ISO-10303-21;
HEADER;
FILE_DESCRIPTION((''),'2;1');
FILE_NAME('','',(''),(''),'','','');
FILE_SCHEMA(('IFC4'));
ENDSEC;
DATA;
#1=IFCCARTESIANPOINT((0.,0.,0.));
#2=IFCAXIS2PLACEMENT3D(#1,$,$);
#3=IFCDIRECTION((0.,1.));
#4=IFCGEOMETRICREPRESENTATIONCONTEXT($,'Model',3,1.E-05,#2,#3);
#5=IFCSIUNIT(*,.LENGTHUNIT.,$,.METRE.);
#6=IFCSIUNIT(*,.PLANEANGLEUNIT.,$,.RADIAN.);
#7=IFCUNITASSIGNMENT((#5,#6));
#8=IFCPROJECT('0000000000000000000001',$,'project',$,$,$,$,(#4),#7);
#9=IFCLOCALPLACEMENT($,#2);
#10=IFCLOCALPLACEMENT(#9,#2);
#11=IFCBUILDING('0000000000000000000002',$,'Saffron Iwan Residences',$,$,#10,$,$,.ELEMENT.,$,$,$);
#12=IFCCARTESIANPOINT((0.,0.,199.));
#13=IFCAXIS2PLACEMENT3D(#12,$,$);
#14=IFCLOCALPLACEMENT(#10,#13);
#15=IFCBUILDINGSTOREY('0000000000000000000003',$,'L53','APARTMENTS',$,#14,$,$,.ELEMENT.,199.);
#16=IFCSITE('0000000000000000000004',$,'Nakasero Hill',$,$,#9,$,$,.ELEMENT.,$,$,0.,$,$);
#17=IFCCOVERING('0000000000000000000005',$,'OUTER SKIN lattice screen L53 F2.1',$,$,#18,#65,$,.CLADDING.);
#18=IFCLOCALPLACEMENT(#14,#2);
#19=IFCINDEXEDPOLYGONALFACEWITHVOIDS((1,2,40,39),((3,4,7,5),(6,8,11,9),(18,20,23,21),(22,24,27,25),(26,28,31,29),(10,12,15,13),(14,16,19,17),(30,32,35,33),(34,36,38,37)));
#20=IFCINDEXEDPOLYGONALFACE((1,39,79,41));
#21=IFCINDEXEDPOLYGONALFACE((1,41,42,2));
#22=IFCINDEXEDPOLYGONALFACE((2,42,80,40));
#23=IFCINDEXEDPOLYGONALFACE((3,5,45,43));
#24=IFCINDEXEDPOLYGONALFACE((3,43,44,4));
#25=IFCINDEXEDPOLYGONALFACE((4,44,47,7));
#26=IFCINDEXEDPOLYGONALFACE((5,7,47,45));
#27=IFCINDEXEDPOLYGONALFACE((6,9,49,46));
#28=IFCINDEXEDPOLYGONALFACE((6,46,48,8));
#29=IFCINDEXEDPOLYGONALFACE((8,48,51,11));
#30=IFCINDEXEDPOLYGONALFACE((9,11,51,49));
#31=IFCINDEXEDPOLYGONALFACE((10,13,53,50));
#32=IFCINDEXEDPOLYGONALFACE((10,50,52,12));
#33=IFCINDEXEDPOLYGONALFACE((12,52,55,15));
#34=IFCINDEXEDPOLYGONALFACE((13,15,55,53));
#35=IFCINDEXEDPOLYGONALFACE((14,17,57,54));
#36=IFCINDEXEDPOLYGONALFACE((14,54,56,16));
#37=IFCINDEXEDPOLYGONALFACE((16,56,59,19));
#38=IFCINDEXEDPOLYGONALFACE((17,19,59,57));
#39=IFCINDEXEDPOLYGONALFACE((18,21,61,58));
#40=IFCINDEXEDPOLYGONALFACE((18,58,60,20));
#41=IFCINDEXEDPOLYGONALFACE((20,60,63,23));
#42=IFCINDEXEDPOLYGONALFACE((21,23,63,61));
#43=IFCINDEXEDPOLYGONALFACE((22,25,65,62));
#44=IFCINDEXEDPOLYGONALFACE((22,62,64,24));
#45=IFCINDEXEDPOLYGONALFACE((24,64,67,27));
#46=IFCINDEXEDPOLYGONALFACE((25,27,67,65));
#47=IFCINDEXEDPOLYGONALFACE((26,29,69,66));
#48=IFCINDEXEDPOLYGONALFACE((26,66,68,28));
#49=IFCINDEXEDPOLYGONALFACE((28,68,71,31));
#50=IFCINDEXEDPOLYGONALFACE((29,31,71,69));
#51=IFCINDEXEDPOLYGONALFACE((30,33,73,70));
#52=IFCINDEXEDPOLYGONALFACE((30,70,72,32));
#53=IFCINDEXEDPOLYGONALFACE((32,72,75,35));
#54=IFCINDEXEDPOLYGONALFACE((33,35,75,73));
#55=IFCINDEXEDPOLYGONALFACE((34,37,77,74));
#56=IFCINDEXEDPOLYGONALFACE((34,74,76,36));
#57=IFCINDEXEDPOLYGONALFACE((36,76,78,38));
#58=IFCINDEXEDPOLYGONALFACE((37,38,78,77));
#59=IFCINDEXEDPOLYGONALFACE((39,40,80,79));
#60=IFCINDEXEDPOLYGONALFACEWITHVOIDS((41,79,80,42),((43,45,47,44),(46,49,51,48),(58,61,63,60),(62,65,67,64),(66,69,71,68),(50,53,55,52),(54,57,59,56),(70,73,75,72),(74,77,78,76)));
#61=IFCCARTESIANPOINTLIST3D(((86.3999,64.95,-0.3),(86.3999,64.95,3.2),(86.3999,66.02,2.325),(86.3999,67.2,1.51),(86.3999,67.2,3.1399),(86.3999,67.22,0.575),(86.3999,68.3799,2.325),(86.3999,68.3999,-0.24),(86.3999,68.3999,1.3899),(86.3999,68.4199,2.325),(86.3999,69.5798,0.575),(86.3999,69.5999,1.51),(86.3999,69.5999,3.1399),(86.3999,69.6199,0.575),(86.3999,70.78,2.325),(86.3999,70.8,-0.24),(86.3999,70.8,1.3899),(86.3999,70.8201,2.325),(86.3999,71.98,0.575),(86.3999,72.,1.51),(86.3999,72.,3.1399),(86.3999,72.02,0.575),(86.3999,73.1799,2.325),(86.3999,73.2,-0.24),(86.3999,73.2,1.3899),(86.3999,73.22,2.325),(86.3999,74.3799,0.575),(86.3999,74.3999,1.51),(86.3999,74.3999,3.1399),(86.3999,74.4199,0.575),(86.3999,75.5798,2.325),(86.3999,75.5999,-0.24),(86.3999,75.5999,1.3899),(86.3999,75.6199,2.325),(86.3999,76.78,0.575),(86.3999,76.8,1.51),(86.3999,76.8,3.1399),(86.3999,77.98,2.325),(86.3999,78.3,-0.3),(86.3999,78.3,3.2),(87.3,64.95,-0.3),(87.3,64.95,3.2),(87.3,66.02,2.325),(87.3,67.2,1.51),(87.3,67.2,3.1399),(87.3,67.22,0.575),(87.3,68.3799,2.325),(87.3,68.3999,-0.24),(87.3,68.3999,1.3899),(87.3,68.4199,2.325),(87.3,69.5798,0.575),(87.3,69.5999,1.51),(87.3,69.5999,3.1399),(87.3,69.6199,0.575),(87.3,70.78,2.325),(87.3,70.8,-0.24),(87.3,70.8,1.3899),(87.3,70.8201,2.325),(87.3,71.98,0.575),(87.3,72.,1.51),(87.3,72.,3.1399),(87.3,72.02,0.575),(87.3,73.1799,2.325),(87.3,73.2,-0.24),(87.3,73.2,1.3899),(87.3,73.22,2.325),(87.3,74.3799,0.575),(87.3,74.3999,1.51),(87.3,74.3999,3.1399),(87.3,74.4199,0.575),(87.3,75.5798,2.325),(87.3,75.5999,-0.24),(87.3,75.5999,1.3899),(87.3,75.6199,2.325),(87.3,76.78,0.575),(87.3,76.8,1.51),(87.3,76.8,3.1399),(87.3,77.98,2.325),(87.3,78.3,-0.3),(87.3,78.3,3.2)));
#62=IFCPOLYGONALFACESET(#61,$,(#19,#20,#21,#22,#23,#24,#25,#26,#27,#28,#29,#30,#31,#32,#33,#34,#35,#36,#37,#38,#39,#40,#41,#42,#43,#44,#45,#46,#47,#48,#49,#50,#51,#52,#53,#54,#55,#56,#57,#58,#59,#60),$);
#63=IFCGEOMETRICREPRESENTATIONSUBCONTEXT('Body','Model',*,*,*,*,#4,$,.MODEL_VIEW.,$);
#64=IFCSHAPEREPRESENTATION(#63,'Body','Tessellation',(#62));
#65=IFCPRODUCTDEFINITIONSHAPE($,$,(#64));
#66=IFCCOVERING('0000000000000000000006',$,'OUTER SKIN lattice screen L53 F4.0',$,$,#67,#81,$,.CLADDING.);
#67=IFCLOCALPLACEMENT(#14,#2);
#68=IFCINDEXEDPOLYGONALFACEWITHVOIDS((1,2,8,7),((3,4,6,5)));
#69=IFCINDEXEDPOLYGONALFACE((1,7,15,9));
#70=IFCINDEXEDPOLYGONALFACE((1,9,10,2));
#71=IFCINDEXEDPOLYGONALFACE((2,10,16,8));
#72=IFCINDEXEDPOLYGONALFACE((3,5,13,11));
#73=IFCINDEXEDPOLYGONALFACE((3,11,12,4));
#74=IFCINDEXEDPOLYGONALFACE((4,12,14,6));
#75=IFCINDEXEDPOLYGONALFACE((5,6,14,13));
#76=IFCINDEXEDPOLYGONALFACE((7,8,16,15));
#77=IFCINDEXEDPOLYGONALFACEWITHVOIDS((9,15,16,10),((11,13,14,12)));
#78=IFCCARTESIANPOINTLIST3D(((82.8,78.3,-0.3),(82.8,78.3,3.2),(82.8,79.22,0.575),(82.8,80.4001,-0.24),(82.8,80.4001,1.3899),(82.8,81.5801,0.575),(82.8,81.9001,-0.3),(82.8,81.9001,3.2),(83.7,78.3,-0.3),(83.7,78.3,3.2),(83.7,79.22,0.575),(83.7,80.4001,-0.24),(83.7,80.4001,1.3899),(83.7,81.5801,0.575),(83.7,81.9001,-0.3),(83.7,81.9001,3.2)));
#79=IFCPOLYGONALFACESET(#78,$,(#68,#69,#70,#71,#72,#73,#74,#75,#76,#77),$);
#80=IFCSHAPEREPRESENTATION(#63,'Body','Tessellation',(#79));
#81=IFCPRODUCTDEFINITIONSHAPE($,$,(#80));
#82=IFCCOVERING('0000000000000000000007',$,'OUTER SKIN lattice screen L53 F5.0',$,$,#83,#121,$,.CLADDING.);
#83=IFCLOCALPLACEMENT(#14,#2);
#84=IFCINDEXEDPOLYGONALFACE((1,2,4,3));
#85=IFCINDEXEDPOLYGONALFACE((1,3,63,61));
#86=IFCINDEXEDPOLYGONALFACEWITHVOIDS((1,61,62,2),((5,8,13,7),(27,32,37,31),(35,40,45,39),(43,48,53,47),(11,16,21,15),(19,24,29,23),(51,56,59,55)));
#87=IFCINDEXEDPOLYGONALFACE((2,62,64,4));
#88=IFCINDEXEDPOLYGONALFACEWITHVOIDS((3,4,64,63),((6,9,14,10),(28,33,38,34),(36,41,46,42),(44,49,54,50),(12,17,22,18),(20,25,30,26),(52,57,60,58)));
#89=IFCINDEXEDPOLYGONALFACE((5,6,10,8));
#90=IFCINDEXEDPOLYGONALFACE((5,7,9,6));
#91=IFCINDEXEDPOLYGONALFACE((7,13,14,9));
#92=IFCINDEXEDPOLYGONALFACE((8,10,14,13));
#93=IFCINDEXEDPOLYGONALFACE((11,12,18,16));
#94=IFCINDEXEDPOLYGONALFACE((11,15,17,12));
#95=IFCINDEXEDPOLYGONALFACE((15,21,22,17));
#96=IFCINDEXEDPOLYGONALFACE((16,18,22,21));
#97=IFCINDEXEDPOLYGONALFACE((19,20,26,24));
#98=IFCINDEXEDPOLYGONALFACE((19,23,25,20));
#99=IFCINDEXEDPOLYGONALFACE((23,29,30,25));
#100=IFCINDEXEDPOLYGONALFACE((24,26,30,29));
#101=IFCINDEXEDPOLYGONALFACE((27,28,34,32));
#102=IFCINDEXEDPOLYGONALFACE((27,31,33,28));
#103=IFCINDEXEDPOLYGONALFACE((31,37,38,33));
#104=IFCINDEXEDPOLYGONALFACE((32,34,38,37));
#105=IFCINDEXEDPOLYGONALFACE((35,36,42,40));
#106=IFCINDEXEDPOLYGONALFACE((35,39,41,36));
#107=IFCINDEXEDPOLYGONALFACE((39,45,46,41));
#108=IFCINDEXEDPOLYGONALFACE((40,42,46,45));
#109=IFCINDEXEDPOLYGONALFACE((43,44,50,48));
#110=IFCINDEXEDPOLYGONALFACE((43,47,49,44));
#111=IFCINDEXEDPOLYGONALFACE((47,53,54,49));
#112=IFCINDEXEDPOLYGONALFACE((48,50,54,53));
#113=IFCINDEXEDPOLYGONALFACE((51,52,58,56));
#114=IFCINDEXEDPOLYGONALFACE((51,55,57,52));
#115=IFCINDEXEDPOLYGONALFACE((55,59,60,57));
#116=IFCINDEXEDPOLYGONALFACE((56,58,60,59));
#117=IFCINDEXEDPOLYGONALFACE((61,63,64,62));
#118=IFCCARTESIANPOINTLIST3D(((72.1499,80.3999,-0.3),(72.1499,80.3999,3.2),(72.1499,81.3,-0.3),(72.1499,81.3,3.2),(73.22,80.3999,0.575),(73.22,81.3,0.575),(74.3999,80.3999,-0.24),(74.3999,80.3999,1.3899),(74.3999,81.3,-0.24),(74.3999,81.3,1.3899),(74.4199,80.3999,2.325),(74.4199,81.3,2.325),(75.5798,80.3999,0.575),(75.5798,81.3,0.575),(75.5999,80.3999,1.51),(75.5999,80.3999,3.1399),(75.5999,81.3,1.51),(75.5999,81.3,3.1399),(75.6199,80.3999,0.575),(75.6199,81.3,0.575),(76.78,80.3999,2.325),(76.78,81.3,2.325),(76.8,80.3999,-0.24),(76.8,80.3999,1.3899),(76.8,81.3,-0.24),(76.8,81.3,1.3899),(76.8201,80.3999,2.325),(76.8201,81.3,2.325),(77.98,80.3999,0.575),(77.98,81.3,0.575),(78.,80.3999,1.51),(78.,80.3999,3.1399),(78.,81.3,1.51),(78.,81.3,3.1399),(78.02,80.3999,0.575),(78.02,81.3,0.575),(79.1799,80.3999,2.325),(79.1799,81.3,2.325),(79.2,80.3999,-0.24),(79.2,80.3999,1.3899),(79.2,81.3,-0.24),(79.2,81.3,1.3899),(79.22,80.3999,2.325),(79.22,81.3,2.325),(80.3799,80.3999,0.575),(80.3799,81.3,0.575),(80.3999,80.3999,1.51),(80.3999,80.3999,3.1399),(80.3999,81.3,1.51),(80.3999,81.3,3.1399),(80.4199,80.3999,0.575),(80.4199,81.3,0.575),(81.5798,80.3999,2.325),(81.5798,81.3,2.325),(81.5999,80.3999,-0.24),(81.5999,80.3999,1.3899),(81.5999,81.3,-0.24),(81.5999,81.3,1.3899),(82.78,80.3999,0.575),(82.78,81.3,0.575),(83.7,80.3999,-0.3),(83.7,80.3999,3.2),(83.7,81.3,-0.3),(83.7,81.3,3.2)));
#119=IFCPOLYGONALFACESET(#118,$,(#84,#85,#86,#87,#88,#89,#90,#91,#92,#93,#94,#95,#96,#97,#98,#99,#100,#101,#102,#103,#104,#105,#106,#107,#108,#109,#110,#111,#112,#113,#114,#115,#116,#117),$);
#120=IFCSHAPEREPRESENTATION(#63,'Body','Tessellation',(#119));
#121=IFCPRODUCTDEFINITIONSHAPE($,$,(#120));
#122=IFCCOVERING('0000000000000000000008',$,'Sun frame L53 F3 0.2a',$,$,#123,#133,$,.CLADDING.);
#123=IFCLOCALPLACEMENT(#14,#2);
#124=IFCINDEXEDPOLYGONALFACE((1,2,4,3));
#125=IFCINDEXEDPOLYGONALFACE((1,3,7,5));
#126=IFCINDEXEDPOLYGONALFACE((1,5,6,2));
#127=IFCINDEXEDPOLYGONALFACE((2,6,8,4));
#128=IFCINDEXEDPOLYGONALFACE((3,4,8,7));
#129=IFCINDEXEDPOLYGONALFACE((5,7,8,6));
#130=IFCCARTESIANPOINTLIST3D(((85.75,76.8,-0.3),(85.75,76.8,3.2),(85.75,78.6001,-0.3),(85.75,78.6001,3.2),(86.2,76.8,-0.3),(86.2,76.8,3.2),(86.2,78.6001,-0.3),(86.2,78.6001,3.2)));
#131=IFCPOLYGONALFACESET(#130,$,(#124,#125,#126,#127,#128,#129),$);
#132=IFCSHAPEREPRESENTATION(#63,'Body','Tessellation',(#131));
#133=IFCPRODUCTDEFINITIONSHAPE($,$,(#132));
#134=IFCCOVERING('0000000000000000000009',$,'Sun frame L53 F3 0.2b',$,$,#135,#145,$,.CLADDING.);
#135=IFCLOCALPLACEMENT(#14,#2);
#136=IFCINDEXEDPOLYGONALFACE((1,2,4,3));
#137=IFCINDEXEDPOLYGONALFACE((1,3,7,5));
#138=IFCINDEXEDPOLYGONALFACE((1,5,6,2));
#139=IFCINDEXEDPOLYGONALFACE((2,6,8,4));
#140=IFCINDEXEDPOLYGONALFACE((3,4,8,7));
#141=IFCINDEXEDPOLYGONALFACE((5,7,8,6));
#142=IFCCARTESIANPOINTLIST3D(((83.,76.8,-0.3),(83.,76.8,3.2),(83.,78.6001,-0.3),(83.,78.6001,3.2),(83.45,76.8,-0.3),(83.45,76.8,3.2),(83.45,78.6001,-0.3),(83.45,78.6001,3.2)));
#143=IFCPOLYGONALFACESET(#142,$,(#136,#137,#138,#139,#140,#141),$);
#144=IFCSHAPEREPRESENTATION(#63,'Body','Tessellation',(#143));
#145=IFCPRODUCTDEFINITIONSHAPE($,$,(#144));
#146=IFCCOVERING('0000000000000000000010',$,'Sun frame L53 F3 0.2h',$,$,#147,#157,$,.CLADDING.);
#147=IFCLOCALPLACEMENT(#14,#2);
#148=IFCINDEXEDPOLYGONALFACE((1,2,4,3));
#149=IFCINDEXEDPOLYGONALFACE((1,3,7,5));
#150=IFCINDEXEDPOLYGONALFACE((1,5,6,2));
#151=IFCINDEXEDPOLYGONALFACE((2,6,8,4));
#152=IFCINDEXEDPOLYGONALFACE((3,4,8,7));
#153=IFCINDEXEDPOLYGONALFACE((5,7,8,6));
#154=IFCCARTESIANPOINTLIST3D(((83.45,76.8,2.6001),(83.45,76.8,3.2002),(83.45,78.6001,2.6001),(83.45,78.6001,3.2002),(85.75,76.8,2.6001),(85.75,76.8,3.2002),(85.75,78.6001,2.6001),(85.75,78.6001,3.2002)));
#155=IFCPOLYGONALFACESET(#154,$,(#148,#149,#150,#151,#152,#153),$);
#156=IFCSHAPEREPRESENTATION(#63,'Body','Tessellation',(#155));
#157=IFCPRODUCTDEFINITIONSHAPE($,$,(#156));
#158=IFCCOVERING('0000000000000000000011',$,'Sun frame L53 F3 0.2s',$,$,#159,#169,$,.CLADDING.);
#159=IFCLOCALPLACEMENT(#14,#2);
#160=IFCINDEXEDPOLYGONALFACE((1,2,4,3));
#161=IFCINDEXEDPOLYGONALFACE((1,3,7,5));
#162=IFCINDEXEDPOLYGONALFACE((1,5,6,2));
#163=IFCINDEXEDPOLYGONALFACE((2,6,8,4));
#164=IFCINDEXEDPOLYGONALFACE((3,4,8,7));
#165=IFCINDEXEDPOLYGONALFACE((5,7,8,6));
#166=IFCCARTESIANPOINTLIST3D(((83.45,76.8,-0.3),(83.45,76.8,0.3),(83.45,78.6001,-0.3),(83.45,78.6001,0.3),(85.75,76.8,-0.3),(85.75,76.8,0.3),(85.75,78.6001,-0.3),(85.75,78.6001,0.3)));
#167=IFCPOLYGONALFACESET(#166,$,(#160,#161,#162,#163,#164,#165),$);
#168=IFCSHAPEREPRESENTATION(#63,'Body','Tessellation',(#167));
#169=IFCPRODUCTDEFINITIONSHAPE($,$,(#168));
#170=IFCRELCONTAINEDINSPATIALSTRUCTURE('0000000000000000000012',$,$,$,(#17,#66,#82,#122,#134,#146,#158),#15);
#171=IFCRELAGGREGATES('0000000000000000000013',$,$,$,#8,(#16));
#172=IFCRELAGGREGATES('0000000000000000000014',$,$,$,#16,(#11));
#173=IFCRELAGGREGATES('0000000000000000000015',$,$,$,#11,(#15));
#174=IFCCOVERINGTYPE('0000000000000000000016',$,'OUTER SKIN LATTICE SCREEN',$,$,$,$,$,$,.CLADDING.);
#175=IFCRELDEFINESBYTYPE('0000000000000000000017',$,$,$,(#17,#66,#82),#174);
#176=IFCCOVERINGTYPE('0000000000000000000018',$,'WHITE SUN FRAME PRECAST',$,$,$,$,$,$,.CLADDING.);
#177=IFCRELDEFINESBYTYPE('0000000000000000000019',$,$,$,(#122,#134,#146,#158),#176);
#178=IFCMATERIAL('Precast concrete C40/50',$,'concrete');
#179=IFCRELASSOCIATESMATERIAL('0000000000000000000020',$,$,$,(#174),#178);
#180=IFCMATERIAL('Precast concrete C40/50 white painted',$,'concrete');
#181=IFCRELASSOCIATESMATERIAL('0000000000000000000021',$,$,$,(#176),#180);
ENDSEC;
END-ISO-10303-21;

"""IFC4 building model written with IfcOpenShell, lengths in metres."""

from ifc_helpers import new_model, si_unit, direction, frame, origin, place, context, subcontext, project, spatial, polyline, outline, extrude, material, type_object, element, save


model = new_model("IFC4")

# Units and contexts
model_context = context("Model", 3, precision=1e-05, world=origin(), true_north=direction((0.0, 1.0)))
body_context = subcontext(model_context, "Body", "Model", "MODEL_VIEW")
ifc_project = project(units=[si_unit("LENGTHUNIT", "METRE"), si_unit("PLANEANGLEUNIT", "RADIAN")], contexts=[model_context])

# Site, building, storey
site_placement = place(None, origin())
site = spatial("IfcSite", under=ifc_project, at=site_placement, Name="Nakasero Hill", CompositionType="ELEMENT", RefElevation=0.0)
building_placement = place(site_placement, origin())
building = spatial("IfcBuilding", under=site, at=building_placement, Name="Saffron Iwan Residences", CompositionType="ELEMENT")
storey_placement = place(building_placement, frame((0.0, 0.0, 199.0)))
storey = spatial("IfcBuildingStorey", under=building, at=storey_placement, Name="L53", Description="APARTMENTS", CompositionType="ELEMENT", Elevation=199.0)

# Coverings
ifc_material_1 = material(Name="Precast concrete C40/50", Category="concrete")
covering_type_1 = type_object("IfcCoveringType", Name="OUTER SKIN LATTICE SCREEN", PredefinedType="CLADDING", material=ifc_material_1)
covering_1_placement = place(storey_placement, frame((86.3999, 64.95, -0.3), z_axis=(1.0, 0.0, 0.0), x_axis=(0.0, 1.0, 0.0)))
element("IfcCovering", 1, at=covering_1_placement, inside=storey, type_object=covering_type_1, Name="OUTER SKIN lattice screen L53 F2.1", PredefinedType="CLADDING", context=body_context, shape_type="SweptSolid", body=[
    extrude(outline(polyline([(0.0, 0.0), (13.3501, 0.0), (13.3501, 3.5), (0.0, 3.5), (0.0, 0.0)]), holes=[polyline([(2.27, 0.875), (3.45, 0.0601), (4.6299, 0.875), (3.45, 1.6899), (2.27, 0.875)]), polyline([(4.6699, 0.875), (5.8501, 0.0601), (7.03, 0.875), (5.8501, 1.6899), (4.6699, 0.875)]), polyline([(7.0701, 0.875), (8.25, 0.0601), (9.4299, 0.875), (8.25, 1.6899), (7.0701, 0.875)]), polyline([(9.47, 0.875), (10.6499, 0.0601), (11.8301, 0.875), (10.6499, 1.6899), (9.47, 0.875)]), polyline([(1.0701, 2.625), (2.25, 1.8101), (3.4299, 2.625), (2.25, 3.4399), (1.0701, 2.625)]), polyline([(3.47, 2.625), (4.6499, 1.8101), (5.8301, 2.625), (4.6499, 3.4399), (3.47, 2.625)]), polyline([(5.8701, 2.625), (7.05, 1.8101), (8.23, 2.625), (7.05, 3.4399), (5.8701, 2.625)]), polyline([(8.27, 2.625), (9.45, 1.8101), (10.6299, 2.625), (9.45, 3.4399), (8.27, 2.625)]), polyline([(10.6699, 2.625), (11.8501, 1.8101), (13.03, 2.625), (11.8501, 3.4399), (10.6699, 2.625)])]), origin(), (0.0, 0.0, 1.0), 0.9001),
])
covering_2_placement = place(storey_placement, frame((82.8, 78.3, -0.3), z_axis=(1.0, 0.0, 0.0), x_axis=(0.0, 1.0, 0.0)))
element("IfcCovering", 2, at=covering_2_placement, inside=storey, type_object=covering_type_1, Name="OUTER SKIN lattice screen L53 F4.0", PredefinedType="CLADDING", context=body_context, shape_type="SweptSolid", body=[
    extrude(outline(polyline([(0.0, 0.0), (3.6001, 0.0), (3.6001, 3.5), (0.0, 3.5), (0.0, 0.0)]), holes=[polyline([(0.9199, 0.875), (2.1001, 0.0601), (3.28, 0.875), (2.1001, 1.6899), (0.9199, 0.875)])]), origin(), (0.0, 0.0, 1.0), 0.8999),
])
covering_3_placement = place(storey_placement, frame((83.7, 80.3999, -0.3), z_axis=(0.0, 1.0, 0.0), x_axis=(-1.0, 0.0, 0.0)))
element("IfcCovering", 3, at=covering_3_placement, inside=storey, type_object=covering_type_1, Name="OUTER SKIN lattice screen L53 F5.0", PredefinedType="CLADDING", context=body_context, shape_type="SweptSolid", body=[
    extrude(outline(polyline([(0.0, 0.0), (11.55, 0.0), (11.55, 3.5), (0.0, 3.5), (0.0, 0.0)]), holes=[polyline([(0.9199, 0.875), (2.1001, 0.0601), (3.28, 0.875), (2.1001, 1.6899), (0.9199, 0.875)]), polyline([(3.3201, 0.875), (4.5, 0.0601), (5.6799, 0.875), (4.5, 1.6899), (3.3201, 0.875)]), polyline([(5.72, 0.875), (6.8999, 0.0601), (8.0801, 0.875), (6.8999, 1.6899), (5.72, 0.875)]), polyline([(8.1201, 0.875), (9.3, 0.0601), (10.48, 0.875), (9.3, 1.6899), (8.1201, 0.875)]), polyline([(2.1201, 2.625), (3.3, 1.8101), (4.48, 2.625), (3.3, 3.4399), (2.1201, 2.625)]), polyline([(4.52, 2.625), (5.7, 1.8101), (6.8799, 2.625), (5.7, 3.4399), (4.52, 2.625)]), polyline([(6.9199, 2.625), (8.1001, 1.8101), (9.28, 2.625), (8.1001, 3.4399), (6.9199, 2.625)])]), origin(), (0.0, 0.0, 1.0), 0.9001),
])
ifc_material_2 = material(Name="Precast concrete C40/50 white painted", Category="concrete")
covering_type_2 = type_object("IfcCoveringType", Name="WHITE SUN FRAME PRECAST", PredefinedType="CLADDING", material=ifc_material_2)
for number, where, z_axis, x_axis, name in (
    (4, (86.2, 76.8, -0.3), (0.0, 1.0, 0.0), (-1.0, 0.0, 0.0), "Sun frame L53 F3 0.2a"),
    (5, (83.45, 76.8, -0.3), (0.0, 1.0, 0.0), (-1.0, 0.0, 0.0), "Sun frame L53 F3 0.2b"),
):
    element("IfcCovering", number, at=place(storey_placement, frame(where, z_axis=z_axis, x_axis=x_axis)), inside=storey, type_object=covering_type_2, Name=name, PredefinedType="CLADDING", context=body_context, shape_type="SweptSolid", body=[
        extrude(outline(polyline([(0.0, 0.0), (0.45, 0.0), (0.45, 3.5), (0.0, 3.5), (0.0, 0.0)])), origin(), (0.0, 0.0, 1.0), 1.8),
    ])
for number, where, z_axis, x_axis, name in (
    (6, (85.75, 76.8, 2.6001), (0.0, 1.0, 0.0), (-1.0, 0.0, 0.0), "Sun frame L53 F3 0.2h"),
    (7, (85.75, 76.8, -0.3), (0.0, 1.0, 0.0), (-1.0, 0.0, 0.0), "Sun frame L53 F3 0.2s"),
):
    element("IfcCovering", number, at=place(storey_placement, frame(where, z_axis=z_axis, x_axis=x_axis)), inside=storey, type_object=covering_type_2, Name=name, PredefinedType="CLADDING", context=body_context, shape_type="SweptSolid", body=[
        extrude(outline(polyline([(0.0, 0.0), (2.3, 0.0), (2.3, 0.6001), (0.0, 0.6001), (0.0, 0.0)])), origin(), (0.0, 0.0, 1.0), 1.8),
    ])

save(model, "model.ifc")
